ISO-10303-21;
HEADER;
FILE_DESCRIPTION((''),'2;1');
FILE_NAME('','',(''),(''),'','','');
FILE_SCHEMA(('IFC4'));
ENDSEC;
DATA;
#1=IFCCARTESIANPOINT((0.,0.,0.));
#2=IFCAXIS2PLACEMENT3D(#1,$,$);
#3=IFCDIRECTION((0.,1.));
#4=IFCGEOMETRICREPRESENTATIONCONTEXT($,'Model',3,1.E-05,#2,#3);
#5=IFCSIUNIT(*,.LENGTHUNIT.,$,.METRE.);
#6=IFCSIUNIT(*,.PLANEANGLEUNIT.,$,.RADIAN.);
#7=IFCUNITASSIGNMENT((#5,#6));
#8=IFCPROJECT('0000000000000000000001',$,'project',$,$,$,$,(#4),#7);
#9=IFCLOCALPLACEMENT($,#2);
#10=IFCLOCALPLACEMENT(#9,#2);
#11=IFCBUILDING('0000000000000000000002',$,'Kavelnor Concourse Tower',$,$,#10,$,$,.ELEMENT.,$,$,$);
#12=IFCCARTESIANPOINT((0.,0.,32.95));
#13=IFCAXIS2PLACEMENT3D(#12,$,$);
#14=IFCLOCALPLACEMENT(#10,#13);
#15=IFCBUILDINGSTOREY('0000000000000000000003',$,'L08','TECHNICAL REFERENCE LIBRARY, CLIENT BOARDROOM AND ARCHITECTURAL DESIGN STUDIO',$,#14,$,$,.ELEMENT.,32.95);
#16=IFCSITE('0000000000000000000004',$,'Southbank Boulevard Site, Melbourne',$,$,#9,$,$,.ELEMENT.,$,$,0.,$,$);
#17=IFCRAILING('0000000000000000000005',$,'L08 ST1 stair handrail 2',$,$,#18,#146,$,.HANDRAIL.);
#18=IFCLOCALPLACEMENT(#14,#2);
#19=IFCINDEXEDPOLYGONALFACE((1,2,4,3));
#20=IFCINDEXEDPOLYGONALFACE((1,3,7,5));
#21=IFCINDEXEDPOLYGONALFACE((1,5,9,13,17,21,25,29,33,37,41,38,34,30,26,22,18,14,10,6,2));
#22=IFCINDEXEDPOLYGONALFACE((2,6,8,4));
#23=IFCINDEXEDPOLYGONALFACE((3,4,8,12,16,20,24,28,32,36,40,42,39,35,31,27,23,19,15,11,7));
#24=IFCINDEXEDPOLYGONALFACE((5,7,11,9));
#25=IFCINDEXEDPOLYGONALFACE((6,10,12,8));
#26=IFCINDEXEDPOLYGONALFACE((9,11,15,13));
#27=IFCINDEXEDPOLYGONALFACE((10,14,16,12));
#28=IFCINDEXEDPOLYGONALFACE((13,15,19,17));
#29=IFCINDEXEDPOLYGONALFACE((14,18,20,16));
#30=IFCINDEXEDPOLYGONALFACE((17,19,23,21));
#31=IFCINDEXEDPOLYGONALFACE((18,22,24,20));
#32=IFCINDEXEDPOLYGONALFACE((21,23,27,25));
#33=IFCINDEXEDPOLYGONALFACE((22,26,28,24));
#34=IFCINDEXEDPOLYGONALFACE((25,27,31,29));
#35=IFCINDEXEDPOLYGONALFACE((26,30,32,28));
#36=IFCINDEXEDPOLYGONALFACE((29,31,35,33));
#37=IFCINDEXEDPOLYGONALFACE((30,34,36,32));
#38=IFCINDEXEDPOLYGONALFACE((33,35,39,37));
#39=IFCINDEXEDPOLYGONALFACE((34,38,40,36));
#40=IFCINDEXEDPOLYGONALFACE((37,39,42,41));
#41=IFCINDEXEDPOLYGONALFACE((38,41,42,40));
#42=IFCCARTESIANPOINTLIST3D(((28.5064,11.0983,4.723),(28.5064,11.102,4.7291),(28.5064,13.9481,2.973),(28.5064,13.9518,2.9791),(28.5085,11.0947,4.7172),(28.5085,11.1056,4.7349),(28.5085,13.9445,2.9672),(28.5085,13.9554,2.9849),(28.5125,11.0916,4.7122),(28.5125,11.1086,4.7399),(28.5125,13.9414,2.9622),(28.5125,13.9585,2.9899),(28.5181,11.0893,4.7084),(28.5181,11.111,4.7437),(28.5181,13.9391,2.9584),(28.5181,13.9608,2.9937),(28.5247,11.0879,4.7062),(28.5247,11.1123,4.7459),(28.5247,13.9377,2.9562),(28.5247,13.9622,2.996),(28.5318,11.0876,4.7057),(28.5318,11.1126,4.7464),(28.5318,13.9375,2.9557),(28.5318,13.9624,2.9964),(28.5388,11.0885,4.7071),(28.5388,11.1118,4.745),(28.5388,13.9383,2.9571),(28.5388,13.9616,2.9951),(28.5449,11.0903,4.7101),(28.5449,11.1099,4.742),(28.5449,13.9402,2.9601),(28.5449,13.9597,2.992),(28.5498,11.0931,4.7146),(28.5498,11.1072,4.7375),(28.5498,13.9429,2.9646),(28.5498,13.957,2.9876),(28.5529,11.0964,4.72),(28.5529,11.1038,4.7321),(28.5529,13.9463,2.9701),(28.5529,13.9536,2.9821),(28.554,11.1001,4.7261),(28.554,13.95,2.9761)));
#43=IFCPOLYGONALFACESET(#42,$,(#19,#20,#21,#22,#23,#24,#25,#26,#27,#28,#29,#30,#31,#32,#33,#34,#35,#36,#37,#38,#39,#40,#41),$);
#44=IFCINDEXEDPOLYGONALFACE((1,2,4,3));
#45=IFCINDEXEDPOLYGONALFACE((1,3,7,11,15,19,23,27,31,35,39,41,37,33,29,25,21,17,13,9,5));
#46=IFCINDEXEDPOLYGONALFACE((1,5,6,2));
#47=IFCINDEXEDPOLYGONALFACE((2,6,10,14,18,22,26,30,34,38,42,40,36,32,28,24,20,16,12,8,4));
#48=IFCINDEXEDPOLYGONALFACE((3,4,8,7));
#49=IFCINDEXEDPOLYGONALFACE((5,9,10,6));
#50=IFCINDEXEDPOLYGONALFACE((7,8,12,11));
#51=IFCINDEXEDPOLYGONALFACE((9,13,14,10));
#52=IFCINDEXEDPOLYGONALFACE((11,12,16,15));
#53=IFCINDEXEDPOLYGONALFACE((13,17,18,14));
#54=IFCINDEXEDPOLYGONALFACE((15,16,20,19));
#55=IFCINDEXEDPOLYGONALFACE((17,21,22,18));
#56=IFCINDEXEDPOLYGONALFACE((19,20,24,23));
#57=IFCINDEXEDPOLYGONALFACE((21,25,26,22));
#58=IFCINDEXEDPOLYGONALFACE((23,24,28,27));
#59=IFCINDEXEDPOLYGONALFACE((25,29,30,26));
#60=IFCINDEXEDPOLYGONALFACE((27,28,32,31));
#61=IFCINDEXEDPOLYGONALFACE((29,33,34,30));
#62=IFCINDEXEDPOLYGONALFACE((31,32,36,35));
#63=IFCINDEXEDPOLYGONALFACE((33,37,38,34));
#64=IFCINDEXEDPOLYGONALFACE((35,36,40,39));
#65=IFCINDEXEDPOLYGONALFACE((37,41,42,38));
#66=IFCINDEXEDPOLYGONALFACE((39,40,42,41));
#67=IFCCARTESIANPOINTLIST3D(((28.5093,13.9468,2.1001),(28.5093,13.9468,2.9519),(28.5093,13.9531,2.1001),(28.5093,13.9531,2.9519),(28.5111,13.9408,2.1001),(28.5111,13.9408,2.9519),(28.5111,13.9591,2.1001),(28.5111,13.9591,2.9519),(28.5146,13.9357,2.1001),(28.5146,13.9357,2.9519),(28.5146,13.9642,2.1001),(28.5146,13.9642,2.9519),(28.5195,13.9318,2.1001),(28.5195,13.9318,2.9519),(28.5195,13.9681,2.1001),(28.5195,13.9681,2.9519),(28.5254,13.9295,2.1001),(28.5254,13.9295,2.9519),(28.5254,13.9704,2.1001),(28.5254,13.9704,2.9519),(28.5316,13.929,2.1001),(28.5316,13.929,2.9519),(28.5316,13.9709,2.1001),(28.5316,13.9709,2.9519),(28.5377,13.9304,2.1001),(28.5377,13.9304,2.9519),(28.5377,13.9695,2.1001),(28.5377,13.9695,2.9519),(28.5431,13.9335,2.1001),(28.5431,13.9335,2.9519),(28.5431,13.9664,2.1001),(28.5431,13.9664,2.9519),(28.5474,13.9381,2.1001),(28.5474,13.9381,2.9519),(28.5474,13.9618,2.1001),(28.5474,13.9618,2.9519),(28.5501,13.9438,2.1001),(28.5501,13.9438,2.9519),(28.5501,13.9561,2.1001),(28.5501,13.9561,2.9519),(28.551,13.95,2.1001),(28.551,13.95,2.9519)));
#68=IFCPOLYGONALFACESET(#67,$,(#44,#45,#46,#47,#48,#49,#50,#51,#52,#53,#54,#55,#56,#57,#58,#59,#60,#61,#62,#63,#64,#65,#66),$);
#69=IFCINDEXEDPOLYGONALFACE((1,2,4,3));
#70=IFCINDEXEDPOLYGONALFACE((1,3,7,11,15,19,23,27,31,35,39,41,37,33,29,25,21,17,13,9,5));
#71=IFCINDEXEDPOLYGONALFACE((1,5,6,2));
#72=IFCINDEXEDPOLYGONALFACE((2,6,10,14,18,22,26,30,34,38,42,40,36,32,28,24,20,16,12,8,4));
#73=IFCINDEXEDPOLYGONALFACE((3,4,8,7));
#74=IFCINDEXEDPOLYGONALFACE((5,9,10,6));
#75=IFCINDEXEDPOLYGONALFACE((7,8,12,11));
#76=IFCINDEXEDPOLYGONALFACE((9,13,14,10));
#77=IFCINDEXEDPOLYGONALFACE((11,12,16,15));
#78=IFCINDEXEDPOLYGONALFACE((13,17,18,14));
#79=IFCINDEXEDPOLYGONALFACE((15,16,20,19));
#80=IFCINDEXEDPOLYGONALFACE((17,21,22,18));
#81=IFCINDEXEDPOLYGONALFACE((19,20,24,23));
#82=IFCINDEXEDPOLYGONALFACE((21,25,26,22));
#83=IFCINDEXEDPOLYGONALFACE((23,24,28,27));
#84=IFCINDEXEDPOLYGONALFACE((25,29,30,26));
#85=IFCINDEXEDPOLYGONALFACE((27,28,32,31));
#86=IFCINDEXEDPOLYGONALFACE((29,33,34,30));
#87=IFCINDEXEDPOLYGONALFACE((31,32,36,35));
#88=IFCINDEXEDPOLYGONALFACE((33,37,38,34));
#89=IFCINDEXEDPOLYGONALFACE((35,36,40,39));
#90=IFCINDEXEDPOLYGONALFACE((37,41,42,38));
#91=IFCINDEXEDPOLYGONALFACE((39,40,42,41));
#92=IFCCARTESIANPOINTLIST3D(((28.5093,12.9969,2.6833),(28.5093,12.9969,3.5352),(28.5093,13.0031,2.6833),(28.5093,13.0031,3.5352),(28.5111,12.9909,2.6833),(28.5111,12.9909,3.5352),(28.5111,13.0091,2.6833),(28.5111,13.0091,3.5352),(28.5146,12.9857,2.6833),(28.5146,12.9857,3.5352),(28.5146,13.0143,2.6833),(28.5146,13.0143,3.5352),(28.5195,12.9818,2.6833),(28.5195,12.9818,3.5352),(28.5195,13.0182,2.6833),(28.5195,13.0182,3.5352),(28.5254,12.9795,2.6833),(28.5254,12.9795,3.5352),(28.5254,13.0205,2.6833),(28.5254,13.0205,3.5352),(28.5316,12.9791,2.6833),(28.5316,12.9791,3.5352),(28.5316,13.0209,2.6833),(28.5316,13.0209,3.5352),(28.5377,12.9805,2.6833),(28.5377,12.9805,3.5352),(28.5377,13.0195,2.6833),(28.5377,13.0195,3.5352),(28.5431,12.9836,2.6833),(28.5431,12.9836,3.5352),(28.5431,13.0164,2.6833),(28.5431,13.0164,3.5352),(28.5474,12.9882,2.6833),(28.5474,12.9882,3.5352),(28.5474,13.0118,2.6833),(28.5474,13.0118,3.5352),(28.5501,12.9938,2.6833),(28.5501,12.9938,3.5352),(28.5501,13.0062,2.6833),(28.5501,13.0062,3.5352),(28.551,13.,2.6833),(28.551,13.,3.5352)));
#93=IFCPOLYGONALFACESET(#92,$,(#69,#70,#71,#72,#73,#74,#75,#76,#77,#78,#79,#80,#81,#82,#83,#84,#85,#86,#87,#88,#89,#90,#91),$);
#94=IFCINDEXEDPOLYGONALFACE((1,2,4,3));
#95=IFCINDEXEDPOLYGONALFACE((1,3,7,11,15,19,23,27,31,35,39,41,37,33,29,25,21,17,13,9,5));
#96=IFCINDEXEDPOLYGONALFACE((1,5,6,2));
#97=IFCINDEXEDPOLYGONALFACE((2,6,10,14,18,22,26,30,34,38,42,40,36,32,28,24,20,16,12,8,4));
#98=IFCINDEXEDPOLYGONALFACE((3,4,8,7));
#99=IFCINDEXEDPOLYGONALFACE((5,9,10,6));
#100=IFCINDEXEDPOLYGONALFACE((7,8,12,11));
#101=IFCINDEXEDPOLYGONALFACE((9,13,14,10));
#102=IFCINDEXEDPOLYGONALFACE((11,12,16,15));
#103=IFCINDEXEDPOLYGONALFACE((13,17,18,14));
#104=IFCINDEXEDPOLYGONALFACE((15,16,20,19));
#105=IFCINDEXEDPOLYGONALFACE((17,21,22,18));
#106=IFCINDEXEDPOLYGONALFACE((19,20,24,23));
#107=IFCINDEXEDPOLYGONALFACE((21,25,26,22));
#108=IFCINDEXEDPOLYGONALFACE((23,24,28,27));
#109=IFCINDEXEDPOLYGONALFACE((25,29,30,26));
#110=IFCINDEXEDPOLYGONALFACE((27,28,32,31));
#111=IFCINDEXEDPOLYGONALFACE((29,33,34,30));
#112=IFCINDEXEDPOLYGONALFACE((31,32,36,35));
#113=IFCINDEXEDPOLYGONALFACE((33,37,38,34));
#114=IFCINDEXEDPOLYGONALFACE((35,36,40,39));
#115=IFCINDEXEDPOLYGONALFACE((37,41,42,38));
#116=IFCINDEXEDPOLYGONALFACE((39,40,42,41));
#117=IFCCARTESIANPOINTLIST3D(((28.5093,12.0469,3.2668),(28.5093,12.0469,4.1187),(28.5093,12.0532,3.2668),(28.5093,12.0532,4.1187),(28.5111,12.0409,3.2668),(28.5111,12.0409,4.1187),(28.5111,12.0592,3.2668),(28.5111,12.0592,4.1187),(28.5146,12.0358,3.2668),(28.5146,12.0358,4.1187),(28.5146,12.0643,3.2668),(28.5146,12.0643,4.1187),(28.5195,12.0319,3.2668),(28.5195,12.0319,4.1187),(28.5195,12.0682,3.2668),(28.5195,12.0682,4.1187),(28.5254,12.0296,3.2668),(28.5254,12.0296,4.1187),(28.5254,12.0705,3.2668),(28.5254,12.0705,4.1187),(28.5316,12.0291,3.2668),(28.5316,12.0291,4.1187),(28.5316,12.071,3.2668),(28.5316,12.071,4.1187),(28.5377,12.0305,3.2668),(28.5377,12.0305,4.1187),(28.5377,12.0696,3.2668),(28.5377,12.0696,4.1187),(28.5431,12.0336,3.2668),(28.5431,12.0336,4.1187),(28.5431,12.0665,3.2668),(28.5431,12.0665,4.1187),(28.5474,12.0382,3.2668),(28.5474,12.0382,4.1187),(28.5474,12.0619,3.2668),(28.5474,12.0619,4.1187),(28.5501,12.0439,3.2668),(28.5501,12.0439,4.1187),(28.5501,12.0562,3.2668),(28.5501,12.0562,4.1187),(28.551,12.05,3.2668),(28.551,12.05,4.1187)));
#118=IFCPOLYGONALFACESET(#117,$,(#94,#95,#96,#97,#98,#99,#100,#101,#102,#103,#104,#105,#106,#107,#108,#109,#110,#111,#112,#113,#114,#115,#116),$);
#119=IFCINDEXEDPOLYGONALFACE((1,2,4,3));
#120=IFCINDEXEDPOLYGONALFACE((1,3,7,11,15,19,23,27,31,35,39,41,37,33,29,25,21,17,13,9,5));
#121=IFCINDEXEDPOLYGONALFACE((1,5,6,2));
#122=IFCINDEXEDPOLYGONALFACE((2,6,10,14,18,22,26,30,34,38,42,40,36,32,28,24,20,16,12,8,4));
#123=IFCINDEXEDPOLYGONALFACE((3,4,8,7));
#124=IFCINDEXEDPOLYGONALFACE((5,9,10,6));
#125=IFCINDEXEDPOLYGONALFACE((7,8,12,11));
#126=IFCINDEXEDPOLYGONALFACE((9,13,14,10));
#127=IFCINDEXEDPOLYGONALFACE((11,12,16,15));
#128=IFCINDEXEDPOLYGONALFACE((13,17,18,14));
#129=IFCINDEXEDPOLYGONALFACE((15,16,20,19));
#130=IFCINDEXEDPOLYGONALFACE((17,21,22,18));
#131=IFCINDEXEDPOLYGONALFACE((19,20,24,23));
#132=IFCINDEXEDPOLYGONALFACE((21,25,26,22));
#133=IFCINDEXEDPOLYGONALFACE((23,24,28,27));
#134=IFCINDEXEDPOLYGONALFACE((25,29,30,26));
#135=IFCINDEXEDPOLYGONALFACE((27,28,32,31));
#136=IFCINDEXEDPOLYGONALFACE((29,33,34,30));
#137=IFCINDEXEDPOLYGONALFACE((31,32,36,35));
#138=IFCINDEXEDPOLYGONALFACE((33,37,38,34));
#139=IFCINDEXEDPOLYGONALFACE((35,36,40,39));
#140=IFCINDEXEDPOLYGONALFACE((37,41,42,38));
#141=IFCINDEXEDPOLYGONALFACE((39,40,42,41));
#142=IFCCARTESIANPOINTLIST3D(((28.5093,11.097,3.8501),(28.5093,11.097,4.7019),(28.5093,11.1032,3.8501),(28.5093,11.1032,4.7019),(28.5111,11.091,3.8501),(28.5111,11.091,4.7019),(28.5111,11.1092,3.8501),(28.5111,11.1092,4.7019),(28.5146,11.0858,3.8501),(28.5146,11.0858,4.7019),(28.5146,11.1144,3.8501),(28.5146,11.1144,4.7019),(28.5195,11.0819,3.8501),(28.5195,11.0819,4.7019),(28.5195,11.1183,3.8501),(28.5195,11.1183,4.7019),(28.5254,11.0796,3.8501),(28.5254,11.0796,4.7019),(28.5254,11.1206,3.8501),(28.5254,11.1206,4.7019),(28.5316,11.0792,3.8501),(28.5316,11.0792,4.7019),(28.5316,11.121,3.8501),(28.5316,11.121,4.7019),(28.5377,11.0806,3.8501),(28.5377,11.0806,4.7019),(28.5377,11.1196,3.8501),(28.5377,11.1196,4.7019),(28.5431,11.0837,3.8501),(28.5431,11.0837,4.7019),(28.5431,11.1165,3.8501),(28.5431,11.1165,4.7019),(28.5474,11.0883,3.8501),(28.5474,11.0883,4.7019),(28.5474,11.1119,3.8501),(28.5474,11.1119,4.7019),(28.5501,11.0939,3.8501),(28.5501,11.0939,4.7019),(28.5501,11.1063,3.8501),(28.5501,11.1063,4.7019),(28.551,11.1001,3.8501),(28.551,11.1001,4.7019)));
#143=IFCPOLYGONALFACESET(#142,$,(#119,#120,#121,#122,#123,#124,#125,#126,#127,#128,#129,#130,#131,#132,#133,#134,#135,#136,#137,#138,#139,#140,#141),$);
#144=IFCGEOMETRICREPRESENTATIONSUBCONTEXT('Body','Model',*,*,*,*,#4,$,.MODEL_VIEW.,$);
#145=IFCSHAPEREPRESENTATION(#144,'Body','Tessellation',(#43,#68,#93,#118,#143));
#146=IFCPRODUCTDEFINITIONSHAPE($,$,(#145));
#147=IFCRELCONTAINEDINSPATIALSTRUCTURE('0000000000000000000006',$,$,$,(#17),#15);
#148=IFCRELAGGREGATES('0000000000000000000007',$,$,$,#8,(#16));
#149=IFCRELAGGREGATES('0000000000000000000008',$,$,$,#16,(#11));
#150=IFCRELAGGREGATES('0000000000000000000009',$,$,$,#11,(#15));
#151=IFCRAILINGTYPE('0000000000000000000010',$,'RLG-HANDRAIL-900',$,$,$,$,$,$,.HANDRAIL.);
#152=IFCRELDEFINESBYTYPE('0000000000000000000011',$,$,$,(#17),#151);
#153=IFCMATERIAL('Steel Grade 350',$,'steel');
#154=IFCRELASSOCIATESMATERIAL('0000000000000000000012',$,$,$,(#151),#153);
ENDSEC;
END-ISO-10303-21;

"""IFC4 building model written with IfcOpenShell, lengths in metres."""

from ifc_helpers import new_model, si_unit, direction, frame, origin, origin_2d, place, context, subcontext, project, spatial, circle, extrude, material, type_object, element, save


model = new_model("IFC4")

# Units and contexts
model_context = context("Model", 3, precision=1e-05, world=origin(), true_north=direction((0.0, 1.0)))
body_context = subcontext(model_context, "Body", "Model", "MODEL_VIEW")
ifc_project = project(units=[si_unit("LENGTHUNIT", "METRE"), si_unit("PLANEANGLEUNIT", "RADIAN")], contexts=[model_context])

# Site, building, storey
site_placement = place(None, origin())
site = spatial("IfcSite", under=ifc_project, at=site_placement, Name="Southbank Boulevard Site, Melbourne", CompositionType="ELEMENT", RefElevation=0.0)
building_placement = place(site_placement, origin())
building = spatial("IfcBuilding", under=site, at=building_placement, Name="Kavelnor Concourse Tower", CompositionType="ELEMENT")
storey_placement = place(building_placement, frame((0.0, 0.0, 32.95)))
storey = spatial("IfcBuildingStorey", under=building, at=storey_placement, Name="L08", Description="TECHNICAL REFERENCE LIBRARY, CLIENT BOARDROOM AND ARCHITECTURAL DESIGN STUDIO", CompositionType="ELEMENT", Elevation=32.95)

# Shared definitions
ifc_material_1 = material(Name="Steel Grade 350", Category="steel")

# Railing
railing_type_1 = type_object("IfcRailingType", Name="RLG-HANDRAIL-900", PredefinedType="HANDRAIL", material=ifc_material_1)
railing_1_placement = place(storey_placement, frame((28.53, 13.95, 2.1001)))
element("IfcRailing", 1, at=railing_1_placement, inside=storey, type_object=railing_type_1, Name="L08 ST1 stair handrail 2", PredefinedType="HANDRAIL", context=body_context, shape_type="SweptSolid", body=[
    extrude(circle(Radius=0.0239, at=origin_2d()), frame((0.0, 0.0, 0.876), z_axis=(0.0, -0.852159, 0.523283), x_axis=(1.0, 0.0, 0.0)), (0.0, 0.0, 1.0), 3.3442),
    extrude(circle(Radius=0.021, at=origin_2d()), origin(), (0.0, 0.0, 1.0), 0.8518),
    extrude(circle(Radius=0.021, at=origin_2d()), frame((0.0, -0.95, 0.5833)), (0.0, 0.0, 1.0), 0.8518),
    extrude(circle(Radius=0.021, at=origin_2d()), frame((0.0, -1.8999, 1.1667)), (0.0, 0.0, 1.0), 0.8518),
    extrude(circle(Radius=0.021, at=origin_2d()), frame((0.0, -2.8499, 1.75)), (0.0, 0.0, 1.0), 0.8518),
])

save(model, "model.ifc")
